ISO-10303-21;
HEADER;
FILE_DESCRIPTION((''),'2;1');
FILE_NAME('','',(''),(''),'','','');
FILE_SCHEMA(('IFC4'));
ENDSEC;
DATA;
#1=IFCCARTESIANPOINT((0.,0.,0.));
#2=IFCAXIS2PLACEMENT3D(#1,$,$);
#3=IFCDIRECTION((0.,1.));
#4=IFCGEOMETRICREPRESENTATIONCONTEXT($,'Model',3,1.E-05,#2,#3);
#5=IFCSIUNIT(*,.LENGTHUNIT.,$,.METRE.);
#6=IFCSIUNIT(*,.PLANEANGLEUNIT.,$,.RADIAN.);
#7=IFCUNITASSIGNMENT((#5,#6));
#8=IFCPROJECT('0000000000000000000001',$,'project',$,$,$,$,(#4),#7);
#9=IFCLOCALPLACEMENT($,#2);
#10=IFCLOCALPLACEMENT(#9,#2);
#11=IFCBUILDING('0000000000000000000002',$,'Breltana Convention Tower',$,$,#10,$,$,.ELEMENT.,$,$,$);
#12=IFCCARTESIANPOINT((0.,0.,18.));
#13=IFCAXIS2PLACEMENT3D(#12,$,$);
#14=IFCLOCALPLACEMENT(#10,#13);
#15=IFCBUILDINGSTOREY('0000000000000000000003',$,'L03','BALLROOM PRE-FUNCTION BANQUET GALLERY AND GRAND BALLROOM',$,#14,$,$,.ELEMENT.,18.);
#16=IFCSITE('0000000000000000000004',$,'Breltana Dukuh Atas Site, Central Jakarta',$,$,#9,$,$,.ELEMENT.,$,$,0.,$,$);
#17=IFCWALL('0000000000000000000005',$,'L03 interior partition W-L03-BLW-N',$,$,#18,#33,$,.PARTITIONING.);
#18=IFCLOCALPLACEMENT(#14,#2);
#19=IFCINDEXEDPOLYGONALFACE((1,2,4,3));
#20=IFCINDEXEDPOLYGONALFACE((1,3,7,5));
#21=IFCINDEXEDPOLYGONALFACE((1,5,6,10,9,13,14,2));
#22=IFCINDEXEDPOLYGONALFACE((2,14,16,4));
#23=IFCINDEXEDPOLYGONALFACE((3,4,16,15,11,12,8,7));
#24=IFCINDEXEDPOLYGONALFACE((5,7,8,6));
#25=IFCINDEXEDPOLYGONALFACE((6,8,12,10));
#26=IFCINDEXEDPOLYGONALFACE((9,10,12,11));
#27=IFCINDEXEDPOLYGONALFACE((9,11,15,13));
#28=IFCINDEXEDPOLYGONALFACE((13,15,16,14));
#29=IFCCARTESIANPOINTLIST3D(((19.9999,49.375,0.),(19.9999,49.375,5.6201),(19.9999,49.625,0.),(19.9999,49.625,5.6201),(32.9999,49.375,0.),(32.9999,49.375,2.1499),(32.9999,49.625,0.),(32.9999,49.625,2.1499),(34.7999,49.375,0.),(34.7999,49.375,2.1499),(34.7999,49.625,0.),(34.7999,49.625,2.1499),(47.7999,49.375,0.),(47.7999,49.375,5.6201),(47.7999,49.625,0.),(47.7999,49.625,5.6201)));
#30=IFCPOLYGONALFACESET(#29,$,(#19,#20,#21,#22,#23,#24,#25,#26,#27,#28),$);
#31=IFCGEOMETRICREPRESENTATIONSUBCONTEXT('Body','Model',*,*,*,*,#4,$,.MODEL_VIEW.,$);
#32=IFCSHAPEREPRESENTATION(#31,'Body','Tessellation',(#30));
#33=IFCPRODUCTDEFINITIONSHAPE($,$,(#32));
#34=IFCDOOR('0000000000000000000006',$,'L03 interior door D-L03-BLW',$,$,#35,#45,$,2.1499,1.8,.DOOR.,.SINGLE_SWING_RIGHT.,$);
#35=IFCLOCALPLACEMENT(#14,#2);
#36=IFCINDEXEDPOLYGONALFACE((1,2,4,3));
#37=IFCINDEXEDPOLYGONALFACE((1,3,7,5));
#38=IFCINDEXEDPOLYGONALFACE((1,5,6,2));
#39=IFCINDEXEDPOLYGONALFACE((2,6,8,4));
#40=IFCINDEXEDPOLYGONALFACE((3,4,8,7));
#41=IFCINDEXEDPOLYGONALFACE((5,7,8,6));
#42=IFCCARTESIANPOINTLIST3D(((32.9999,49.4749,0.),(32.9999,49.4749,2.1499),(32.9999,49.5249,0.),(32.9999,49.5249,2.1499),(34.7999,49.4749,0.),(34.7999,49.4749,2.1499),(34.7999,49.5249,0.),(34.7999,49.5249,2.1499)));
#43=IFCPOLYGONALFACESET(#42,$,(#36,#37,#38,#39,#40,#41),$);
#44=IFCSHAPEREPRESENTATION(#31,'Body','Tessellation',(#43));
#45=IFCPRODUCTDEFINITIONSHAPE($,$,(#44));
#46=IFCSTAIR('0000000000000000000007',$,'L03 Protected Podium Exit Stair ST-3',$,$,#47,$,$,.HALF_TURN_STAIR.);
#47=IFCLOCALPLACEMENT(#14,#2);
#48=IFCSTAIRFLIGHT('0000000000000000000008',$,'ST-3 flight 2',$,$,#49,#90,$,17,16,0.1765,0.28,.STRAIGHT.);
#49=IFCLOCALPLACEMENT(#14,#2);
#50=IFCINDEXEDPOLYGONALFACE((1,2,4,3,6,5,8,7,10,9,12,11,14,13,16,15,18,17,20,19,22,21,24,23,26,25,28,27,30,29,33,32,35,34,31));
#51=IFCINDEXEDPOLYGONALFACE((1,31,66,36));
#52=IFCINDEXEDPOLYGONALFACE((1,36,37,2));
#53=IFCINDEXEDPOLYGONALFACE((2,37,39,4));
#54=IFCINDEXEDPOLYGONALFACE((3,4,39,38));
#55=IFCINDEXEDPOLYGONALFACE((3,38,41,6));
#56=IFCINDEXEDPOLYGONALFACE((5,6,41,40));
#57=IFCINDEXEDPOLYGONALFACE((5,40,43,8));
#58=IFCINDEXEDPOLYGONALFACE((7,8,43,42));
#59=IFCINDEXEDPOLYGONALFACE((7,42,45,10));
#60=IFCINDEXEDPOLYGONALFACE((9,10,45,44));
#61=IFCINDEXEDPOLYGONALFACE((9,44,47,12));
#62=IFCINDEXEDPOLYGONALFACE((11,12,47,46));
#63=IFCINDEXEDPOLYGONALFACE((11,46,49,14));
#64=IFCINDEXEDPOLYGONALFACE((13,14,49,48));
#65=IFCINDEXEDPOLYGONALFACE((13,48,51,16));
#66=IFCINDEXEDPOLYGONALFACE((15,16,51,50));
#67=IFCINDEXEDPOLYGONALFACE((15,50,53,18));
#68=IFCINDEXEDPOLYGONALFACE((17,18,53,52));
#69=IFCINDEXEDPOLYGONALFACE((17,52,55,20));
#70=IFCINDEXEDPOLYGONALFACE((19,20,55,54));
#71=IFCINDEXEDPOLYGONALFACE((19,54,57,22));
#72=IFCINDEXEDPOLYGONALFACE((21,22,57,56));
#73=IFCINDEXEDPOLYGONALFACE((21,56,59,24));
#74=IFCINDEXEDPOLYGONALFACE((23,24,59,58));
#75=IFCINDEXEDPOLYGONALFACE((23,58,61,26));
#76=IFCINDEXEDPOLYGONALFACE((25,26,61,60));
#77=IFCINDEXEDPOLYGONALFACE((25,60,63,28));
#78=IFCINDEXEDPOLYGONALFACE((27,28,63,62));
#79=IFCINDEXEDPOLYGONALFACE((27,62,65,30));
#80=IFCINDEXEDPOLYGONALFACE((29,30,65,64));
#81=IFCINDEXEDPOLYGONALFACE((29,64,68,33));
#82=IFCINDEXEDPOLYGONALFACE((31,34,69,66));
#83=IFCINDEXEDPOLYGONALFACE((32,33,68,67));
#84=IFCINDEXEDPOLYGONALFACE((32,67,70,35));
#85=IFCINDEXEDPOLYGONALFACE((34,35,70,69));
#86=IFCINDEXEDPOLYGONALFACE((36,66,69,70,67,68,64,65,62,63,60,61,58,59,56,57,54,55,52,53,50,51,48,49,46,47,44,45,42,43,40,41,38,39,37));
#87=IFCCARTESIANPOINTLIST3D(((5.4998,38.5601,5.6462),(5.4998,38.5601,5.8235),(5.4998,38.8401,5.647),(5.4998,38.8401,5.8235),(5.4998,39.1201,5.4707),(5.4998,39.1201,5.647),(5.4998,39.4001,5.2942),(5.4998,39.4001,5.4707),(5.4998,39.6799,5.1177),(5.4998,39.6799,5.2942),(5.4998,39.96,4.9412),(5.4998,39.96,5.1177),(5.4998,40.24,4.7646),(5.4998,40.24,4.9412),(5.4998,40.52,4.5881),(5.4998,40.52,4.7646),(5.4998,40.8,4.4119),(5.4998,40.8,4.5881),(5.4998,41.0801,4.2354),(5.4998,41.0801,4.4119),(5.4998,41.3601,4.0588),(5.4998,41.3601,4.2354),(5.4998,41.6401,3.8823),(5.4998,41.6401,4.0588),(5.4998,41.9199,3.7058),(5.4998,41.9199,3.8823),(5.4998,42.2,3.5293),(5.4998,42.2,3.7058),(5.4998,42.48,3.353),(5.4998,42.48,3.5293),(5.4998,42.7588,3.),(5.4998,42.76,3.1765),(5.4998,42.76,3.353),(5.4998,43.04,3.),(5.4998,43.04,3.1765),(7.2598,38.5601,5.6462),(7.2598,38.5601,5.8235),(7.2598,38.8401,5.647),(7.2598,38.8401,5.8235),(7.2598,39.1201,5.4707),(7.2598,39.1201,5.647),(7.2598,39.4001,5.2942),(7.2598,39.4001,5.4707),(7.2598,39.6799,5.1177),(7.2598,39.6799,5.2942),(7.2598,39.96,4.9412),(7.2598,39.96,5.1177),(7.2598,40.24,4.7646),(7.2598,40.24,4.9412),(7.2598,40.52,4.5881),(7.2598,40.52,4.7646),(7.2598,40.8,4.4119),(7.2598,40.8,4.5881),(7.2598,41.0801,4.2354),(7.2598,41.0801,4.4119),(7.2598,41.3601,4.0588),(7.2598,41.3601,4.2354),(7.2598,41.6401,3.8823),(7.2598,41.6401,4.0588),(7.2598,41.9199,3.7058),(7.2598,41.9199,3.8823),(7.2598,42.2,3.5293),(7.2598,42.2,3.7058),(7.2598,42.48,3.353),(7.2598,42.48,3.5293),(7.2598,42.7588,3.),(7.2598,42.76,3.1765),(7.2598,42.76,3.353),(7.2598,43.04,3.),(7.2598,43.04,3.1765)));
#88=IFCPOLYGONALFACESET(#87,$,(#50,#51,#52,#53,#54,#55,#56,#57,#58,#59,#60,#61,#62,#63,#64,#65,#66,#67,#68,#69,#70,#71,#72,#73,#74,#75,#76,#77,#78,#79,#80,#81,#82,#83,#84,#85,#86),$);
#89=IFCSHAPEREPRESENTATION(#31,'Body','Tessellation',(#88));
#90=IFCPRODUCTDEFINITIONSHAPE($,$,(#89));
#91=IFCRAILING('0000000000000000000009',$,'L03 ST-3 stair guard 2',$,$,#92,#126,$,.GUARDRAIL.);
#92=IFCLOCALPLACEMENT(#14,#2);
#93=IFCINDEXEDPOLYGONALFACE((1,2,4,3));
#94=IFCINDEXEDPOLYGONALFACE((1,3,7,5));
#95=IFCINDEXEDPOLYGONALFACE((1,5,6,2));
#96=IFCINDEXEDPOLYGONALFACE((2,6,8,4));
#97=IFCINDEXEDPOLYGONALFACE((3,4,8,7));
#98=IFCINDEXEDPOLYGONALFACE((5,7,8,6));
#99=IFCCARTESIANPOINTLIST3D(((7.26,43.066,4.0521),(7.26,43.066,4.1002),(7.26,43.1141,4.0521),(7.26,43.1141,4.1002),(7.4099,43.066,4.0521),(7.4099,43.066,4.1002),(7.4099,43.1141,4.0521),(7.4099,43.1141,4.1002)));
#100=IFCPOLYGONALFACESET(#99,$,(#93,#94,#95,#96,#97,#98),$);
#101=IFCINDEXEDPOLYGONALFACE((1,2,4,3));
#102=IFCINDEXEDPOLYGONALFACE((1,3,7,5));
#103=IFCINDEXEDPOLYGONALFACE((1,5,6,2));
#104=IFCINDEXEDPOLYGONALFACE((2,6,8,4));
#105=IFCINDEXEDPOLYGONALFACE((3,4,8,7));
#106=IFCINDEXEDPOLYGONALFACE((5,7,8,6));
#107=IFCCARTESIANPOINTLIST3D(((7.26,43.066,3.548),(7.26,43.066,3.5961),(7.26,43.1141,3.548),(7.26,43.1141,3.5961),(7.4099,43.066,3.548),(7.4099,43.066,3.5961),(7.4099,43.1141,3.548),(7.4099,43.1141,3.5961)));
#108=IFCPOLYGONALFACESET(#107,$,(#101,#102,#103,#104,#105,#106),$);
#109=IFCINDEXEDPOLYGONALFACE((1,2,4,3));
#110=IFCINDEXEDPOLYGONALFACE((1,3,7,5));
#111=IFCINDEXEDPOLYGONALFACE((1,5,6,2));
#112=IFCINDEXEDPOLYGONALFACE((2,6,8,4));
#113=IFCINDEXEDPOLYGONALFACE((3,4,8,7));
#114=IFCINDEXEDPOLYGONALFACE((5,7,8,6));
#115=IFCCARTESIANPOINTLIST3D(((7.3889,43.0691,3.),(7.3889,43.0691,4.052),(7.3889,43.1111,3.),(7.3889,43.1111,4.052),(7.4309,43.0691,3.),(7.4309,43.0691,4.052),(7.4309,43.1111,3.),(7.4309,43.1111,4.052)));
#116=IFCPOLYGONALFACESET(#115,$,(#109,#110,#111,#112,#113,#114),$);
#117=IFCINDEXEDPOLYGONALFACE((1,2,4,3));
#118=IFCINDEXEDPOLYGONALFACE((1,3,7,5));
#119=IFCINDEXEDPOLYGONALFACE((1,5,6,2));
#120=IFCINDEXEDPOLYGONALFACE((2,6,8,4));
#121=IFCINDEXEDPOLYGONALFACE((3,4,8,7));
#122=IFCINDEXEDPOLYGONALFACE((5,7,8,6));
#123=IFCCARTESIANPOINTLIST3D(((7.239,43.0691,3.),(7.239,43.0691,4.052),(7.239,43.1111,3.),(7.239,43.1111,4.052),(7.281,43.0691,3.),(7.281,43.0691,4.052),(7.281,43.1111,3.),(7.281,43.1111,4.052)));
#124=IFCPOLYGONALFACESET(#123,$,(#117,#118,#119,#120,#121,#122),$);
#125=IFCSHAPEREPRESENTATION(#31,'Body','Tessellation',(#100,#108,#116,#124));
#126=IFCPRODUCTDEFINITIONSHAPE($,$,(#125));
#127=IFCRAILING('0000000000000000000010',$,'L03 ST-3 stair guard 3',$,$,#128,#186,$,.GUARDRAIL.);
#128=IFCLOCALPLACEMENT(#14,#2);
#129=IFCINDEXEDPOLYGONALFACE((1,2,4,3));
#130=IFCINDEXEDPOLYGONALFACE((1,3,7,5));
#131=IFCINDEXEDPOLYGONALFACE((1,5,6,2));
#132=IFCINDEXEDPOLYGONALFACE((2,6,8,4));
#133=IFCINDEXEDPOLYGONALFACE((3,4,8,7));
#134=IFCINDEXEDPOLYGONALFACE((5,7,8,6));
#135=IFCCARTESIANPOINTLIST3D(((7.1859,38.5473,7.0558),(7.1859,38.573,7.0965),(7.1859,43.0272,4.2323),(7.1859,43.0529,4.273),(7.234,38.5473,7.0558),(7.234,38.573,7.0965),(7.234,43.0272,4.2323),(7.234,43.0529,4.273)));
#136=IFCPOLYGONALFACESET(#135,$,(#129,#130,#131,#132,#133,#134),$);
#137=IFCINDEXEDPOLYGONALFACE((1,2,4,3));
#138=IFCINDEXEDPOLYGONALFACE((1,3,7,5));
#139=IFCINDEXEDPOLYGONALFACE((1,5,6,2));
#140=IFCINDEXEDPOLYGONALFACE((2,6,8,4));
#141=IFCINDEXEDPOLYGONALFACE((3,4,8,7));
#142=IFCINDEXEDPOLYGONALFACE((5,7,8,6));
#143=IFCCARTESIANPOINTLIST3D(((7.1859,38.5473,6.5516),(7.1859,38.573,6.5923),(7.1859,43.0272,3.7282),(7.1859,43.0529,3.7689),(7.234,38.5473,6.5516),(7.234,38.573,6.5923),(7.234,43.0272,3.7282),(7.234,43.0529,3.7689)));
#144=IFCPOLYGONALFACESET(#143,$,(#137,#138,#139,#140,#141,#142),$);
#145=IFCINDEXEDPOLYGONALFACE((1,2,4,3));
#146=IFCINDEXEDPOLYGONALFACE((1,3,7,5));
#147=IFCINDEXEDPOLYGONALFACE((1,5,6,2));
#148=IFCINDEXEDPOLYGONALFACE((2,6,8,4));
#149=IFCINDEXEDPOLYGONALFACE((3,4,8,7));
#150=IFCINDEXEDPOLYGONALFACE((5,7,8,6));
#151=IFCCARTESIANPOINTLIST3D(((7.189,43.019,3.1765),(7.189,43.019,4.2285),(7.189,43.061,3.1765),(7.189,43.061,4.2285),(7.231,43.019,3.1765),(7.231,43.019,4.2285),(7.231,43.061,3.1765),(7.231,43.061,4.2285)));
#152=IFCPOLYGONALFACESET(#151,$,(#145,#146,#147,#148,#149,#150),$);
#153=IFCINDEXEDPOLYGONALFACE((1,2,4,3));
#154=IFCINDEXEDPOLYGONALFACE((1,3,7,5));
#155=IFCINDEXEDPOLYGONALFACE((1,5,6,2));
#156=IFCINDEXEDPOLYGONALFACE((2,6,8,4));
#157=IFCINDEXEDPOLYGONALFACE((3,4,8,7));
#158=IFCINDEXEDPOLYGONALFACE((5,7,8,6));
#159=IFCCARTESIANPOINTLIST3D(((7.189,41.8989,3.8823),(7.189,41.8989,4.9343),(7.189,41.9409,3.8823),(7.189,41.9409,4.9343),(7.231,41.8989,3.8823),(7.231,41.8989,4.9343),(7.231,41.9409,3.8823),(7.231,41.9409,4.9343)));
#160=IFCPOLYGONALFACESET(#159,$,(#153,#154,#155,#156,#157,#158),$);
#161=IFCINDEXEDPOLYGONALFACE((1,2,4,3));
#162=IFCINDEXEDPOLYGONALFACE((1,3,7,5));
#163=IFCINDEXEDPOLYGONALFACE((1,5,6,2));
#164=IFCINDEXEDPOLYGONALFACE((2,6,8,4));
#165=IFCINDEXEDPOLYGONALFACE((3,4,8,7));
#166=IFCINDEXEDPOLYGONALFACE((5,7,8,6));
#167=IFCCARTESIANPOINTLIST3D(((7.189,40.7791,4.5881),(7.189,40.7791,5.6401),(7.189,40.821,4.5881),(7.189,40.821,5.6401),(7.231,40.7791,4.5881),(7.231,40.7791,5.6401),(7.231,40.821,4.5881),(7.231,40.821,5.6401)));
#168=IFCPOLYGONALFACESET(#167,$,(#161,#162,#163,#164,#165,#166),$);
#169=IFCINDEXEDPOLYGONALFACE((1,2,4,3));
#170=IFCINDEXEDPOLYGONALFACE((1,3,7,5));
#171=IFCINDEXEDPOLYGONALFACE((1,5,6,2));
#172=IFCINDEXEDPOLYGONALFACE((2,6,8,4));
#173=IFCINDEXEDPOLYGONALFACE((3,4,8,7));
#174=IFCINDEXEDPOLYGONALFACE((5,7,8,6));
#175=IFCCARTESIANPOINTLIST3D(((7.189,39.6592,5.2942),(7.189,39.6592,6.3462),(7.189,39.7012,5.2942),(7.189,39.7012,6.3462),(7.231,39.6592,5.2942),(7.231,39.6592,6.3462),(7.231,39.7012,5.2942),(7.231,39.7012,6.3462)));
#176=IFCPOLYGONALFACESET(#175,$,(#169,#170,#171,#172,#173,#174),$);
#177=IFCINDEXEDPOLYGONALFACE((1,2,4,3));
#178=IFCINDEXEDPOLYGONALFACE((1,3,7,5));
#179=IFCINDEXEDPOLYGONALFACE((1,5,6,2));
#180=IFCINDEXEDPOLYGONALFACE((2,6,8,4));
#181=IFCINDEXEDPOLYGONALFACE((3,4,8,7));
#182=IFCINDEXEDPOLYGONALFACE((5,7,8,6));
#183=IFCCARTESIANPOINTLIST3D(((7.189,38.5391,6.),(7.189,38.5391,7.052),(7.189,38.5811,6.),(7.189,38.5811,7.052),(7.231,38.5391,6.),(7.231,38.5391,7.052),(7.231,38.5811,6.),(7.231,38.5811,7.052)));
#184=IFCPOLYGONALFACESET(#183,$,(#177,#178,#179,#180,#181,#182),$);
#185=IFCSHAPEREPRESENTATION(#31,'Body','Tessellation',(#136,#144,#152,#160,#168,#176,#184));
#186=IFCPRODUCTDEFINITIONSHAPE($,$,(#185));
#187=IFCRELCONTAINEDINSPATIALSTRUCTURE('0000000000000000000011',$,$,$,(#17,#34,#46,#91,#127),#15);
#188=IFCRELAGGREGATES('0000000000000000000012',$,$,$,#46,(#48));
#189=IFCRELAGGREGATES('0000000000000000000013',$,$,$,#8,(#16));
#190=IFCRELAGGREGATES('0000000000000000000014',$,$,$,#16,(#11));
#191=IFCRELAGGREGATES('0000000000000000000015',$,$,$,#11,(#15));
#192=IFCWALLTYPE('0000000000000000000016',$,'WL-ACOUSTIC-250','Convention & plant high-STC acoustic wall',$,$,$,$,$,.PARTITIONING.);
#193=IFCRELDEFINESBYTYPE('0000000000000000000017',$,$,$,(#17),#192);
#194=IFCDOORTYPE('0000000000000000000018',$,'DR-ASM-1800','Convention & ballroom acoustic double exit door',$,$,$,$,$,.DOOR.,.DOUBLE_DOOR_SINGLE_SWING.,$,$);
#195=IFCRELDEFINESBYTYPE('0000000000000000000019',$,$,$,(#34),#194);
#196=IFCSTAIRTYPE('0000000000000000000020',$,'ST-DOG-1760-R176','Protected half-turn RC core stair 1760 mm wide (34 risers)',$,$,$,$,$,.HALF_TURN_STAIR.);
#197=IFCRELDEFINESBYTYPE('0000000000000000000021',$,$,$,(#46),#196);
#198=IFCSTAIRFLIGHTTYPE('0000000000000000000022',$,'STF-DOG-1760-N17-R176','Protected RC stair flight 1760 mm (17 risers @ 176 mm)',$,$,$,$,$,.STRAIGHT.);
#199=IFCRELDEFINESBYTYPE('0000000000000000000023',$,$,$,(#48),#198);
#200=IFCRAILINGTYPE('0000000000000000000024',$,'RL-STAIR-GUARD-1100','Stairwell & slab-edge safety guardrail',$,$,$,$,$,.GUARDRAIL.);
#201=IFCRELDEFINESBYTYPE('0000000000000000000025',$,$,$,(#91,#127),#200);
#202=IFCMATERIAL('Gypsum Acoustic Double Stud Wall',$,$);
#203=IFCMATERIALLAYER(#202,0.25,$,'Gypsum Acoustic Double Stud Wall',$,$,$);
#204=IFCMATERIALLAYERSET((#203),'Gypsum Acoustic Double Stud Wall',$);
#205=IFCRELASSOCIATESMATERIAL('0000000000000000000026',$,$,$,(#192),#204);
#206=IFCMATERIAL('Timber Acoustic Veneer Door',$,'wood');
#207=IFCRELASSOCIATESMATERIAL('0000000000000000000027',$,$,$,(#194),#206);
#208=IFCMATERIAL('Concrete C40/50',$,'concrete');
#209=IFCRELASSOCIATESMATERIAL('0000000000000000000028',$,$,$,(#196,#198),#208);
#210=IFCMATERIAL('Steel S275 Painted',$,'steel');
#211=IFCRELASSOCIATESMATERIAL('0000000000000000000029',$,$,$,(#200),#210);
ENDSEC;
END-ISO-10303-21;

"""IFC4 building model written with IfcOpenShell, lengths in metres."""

from ifc_helpers import new_model, si_unit, direction, frame, frame_2d, origin, origin_2d, place, context, subcontext, project, spatial, polyline, rectangle, outline, extrude, source, transform, mapped, material, layer, layer_set, type_object, type_shapes, element, fill, aggregate, save


model = new_model("IFC4")

# Units and contexts
model_context = context("Model", 3, precision=1e-05, world=origin(), true_north=direction((0.0, 1.0)))
body_context = subcontext(model_context, "Body", "Model", "MODEL_VIEW")
ifc_project = project(units=[si_unit("LENGTHUNIT", "METRE"), si_unit("PLANEANGLEUNIT", "RADIAN")], contexts=[model_context])

# Site, building, storey
site_placement = place(None, origin())
site = spatial("IfcSite", under=ifc_project, at=site_placement, Name="Breltana Dukuh Atas Site, Central Jakarta", CompositionType="ELEMENT", RefElevation=0.0)
building_placement = place(site_placement, origin())
building = spatial("IfcBuilding", under=site, at=building_placement, Name="Breltana Convention Tower", CompositionType="ELEMENT")
storey_placement = place(building_placement, frame((0.0, 0.0, 18.0)))
storey = spatial("IfcBuildingStorey", under=building, at=storey_placement, Name="L03", Description="BALLROOM PRE-FUNCTION BANQUET GALLERY AND GRAND BALLROOM", CompositionType="ELEMENT", Elevation=18.0)

# Shared definitions
ifc_material_1 = material(Name="Concrete C40/50", Category="concrete")

# Wall, opening, door
ifc_material_2 = material(Name="Gypsum Acoustic Double Stud Wall")
ifc_layer_1 = layer(ifc_material_2, 0.25, Name="Gypsum Acoustic Double Stud Wall")
ifc_layer_set_1 = layer_set([ifc_layer_1], Name="Gypsum Acoustic Double Stud Wall")
wall_type_1 = type_object("IfcWallType", Name="WL-ACOUSTIC-250", Description="Convention & plant high-STC acoustic wall", PredefinedType="PARTITIONING", material=ifc_layer_set_1)
shared_shape_1 = source(origin(), body_context, "Body", "SweptSolid", [
    extrude(rectangle(XDim=27.8, YDim=0.25, at=frame_2d((13.8999, 0.0))), origin(), (0.0, 0.0, 1.0), 5.6201),
])
wall_1_placement = place(storey_placement, frame((20.0, 49.5, 0.0), z_axis=(0.0, 0.0, 1.0), x_axis=(1.0, 0.0, 0.0)))
wall_1 = element("IfcWall", 1, at=wall_1_placement, inside=storey, type_object=wall_type_1, Name="L03 interior partition W-L03-BLW-N", PredefinedType="PARTITIONING", context=body_context, shape_type="MappedRepresentation", body=[
    mapped(shared_shape_1, transform((0.0, 0.0, 0.0), scale=1.0)),
])
opening_1_placement = place(wall_1_placement, frame((13.0, 0.0, 0.0)))
opening_1 = element("IfcOpeningElement", 2, at=opening_1_placement, cuts=wall_1, PredefinedType="OPENING", context=body_context, shape_type="SweptSolid", body=[
    extrude(rectangle(XDim=1.8, YDim=2.1499, at=frame_2d((0.8999, 1.075))), frame((0.0, 0.135, 0.0), z_axis=(0.0, -1.0, 0.0), x_axis=(1.0, 0.0, 0.0)), (0.0, 0.0, 1.0), 0.27),
])
ifc_material_3 = material(Name="Timber Acoustic Veneer Door", Category="wood")
door_type = type_object("IfcDoorType", Name="DR-ASM-1800", Description="Convention & ballroom acoustic double exit door", OperationType="DOUBLE_DOOR_SINGLE_SWING", PredefinedType="DOOR", material=ifc_material_3)
shared_shape_2 = source(origin(), body_context, "Body", "SweptSolid", [
    extrude(rectangle(XDim=1.8, YDim=2.1499, at=frame_2d((0.8999, 1.075))), frame((0.0, 0.0249, 0.0), z_axis=(0.0, -1.0, 0.0), x_axis=(1.0, 0.0, 0.0)), (0.0, 0.0, 1.0), 0.05),
])
type_shapes(door_type, [shared_shape_2])
door_placement = place(opening_1_placement, origin())
door = element("IfcDoor", 3, at=door_placement, inside=storey, type_object=door_type, Name="L03 interior door D-L03-BLW", OperationType="SINGLE_SWING_RIGHT", OverallHeight=2.1499, OverallWidth=1.8, PredefinedType="DOOR", context=body_context, shape_type="MappedRepresentation", body=[
    mapped(shared_shape_2, transform((0.0, 0.0, 0.0), scale=1.0)),
])
fill(opening_1, door)

# Stair, stair flight
stair_type = type_object("IfcStairType", Name="ST-DOG-1760-R176", Description="Protected half-turn RC core stair 1760 mm wide (34 risers)", PredefinedType="HALF_TURN_STAIR", material=ifc_material_1)
stair_placement = place(storey_placement, origin())
stair = element("IfcStair", 4, at=stair_placement, inside=storey, type_object=stair_type, Name="L03 Protected Podium Exit Stair ST-3", PredefinedType="HALF_TURN_STAIR")
stair_flight_type = type_object("IfcStairFlightType", Name="STF-DOG-1760-N17-R176", Description="Protected RC stair flight 1760 mm (17 risers @ 176 mm)", PredefinedType="STRAIGHT", material=ifc_material_1)
stair_flight_placement = place(storey_placement, frame((6.3799, 43.04, 3.0), z_axis=(0.0, 0.0, 1.0), x_axis=(0.0, -1.0, 0.0)))
stair_flight = element("IfcStairFlight", 5, at=stair_flight_placement, type_object=stair_flight_type, Name="ST-3 flight 2", NumberOfRisers=17, NumberOfTreads=16, PredefinedType="STRAIGHT", RiserHeight=0.1765, TreadLength=0.28, context=body_context, shape_type="SweptSolid", body=[
    extrude(outline(polyline([(0.0, 0.0), (0.0, 0.1765), (0.28, 0.1765), (0.28, 0.353), (0.5601, 0.353), (0.5601, 0.5293), (0.8401, 0.5293), (0.8401, 0.7058), (1.1201, 0.7058), (1.1201, 0.8823), (1.3999, 0.8823), (1.3999, 1.0588), (1.6799, 1.0588), (1.6799, 1.2354), (1.96, 1.2354), (1.96, 1.4119), (2.24, 1.4119), (2.24, 1.5881), (2.52, 1.5881), (2.52, 1.7646), (2.8, 1.7646), (2.8, 1.9412), (3.0801, 1.9412), (3.0801, 2.1177), (3.3601, 2.1177), (3.3601, 2.2942), (3.6399, 2.2942), (3.6399, 2.4707), (3.9199, 2.4707), (3.9199, 2.647), (4.2, 2.647), (4.2, 2.8235), (4.48, 2.8235), (4.48, 3.0), (4.48, 2.6462), (0.2812, 0.0), (0.0, 0.0)])), frame((0.0, 0.8799, 0.0), z_axis=(0.0, -1.0, 0.0), x_axis=(1.0, 0.0, 0.0)), (0.0, 0.0, 1.0), 1.76),
])
aggregate(stair, [stair_flight])

# Railings
ifc_material_4 = material(Name="Steel S275 Painted", Category="steel")
railing_type = type_object("IfcRailingType", Name="RL-STAIR-GUARD-1100", Description="Stairwell & slab-edge safety guardrail", PredefinedType="GUARDRAIL", material=ifc_material_4)
railing_1_placement = place(storey_placement, frame((7.4099, 43.0901, 3.0)))
element("IfcRailing", 6, at=railing_1_placement, inside=storey, type_object=railing_type, Name="L03 ST-3 stair guard 2", PredefinedType="GUARDRAIL", context=body_context, shape_type="SweptSolid", body=[
    extrude(rectangle(XDim=0.0481, YDim=0.0481, at=origin_2d()), frame((0.0, 0.0, 1.0762), z_axis=(-1.0, 0.0, 0.0), x_axis=(0.0, -1.0, 0.0)), (0.0, 0.0, 1.0), 0.1499),
    extrude(rectangle(XDim=0.0481, YDim=0.0481, at=origin_2d()), frame((0.0, 0.0, 0.572), z_axis=(-1.0, 0.0, 0.0), x_axis=(0.0, -1.0, 0.0)), (0.0, 0.0, 1.0), 0.1499),
    extrude(rectangle(XDim=0.042, YDim=0.042, at=origin_2d()), origin(), (0.0, 0.0, 1.0), 1.052),
    extrude(rectangle(XDim=0.042, YDim=0.042, at=origin_2d()), frame((-0.1499, 0.0, 0.0)), (0.0, 0.0, 1.0), 1.052),
])
railing_2_placement = place(storey_placement, frame((7.21, 43.04, 3.1765)))
element("IfcRailing", 7, at=railing_2_placement, inside=storey, type_object=railing_type, Name="L03 ST-3 stair guard 3", PredefinedType="GUARDRAIL", context=body_context, shape_type="SweptSolid", body=[
    extrude(rectangle(XDim=0.0481, YDim=0.0481, at=origin_2d()), frame((0.0, 0.0, 1.0762), z_axis=(0.0, -0.845998, 0.533186), x_axis=(1.0, 0.0, 0.0)), (0.0, 0.0, 1.0), 5.2954),
    extrude(rectangle(XDim=0.0481, YDim=0.0481, at=origin_2d()), frame((0.0, 0.0, 0.572), z_axis=(0.0, -0.845998, 0.533186), x_axis=(1.0, 0.0, 0.0)), (0.0, 0.0, 1.0), 5.2954),
    extrude(rectangle(XDim=0.042, YDim=0.042, at=origin_2d()), origin(), (0.0, 0.0, 1.0), 1.052),
    extrude(rectangle(XDim=0.042, YDim=0.042, at=origin_2d()), frame((0.0, -1.1201, 0.7058)), (0.0, 0.0, 1.0), 1.052),
    extrude(rectangle(XDim=0.042, YDim=0.042, at=origin_2d()), frame((0.0, -2.24, 1.4116)), (0.0, 0.0, 1.0), 1.052),
    extrude(rectangle(XDim=0.042, YDim=0.042, at=origin_2d()), frame((0.0, -3.3599, 2.1177)), (0.0, 0.0, 1.0), 1.052),
    extrude(rectangle(XDim=0.042, YDim=0.042, at=origin_2d()), frame((0.0, -4.48, 2.8235)), (0.0, 0.0, 1.0), 1.052),
])

save(model, "model.ifc")
